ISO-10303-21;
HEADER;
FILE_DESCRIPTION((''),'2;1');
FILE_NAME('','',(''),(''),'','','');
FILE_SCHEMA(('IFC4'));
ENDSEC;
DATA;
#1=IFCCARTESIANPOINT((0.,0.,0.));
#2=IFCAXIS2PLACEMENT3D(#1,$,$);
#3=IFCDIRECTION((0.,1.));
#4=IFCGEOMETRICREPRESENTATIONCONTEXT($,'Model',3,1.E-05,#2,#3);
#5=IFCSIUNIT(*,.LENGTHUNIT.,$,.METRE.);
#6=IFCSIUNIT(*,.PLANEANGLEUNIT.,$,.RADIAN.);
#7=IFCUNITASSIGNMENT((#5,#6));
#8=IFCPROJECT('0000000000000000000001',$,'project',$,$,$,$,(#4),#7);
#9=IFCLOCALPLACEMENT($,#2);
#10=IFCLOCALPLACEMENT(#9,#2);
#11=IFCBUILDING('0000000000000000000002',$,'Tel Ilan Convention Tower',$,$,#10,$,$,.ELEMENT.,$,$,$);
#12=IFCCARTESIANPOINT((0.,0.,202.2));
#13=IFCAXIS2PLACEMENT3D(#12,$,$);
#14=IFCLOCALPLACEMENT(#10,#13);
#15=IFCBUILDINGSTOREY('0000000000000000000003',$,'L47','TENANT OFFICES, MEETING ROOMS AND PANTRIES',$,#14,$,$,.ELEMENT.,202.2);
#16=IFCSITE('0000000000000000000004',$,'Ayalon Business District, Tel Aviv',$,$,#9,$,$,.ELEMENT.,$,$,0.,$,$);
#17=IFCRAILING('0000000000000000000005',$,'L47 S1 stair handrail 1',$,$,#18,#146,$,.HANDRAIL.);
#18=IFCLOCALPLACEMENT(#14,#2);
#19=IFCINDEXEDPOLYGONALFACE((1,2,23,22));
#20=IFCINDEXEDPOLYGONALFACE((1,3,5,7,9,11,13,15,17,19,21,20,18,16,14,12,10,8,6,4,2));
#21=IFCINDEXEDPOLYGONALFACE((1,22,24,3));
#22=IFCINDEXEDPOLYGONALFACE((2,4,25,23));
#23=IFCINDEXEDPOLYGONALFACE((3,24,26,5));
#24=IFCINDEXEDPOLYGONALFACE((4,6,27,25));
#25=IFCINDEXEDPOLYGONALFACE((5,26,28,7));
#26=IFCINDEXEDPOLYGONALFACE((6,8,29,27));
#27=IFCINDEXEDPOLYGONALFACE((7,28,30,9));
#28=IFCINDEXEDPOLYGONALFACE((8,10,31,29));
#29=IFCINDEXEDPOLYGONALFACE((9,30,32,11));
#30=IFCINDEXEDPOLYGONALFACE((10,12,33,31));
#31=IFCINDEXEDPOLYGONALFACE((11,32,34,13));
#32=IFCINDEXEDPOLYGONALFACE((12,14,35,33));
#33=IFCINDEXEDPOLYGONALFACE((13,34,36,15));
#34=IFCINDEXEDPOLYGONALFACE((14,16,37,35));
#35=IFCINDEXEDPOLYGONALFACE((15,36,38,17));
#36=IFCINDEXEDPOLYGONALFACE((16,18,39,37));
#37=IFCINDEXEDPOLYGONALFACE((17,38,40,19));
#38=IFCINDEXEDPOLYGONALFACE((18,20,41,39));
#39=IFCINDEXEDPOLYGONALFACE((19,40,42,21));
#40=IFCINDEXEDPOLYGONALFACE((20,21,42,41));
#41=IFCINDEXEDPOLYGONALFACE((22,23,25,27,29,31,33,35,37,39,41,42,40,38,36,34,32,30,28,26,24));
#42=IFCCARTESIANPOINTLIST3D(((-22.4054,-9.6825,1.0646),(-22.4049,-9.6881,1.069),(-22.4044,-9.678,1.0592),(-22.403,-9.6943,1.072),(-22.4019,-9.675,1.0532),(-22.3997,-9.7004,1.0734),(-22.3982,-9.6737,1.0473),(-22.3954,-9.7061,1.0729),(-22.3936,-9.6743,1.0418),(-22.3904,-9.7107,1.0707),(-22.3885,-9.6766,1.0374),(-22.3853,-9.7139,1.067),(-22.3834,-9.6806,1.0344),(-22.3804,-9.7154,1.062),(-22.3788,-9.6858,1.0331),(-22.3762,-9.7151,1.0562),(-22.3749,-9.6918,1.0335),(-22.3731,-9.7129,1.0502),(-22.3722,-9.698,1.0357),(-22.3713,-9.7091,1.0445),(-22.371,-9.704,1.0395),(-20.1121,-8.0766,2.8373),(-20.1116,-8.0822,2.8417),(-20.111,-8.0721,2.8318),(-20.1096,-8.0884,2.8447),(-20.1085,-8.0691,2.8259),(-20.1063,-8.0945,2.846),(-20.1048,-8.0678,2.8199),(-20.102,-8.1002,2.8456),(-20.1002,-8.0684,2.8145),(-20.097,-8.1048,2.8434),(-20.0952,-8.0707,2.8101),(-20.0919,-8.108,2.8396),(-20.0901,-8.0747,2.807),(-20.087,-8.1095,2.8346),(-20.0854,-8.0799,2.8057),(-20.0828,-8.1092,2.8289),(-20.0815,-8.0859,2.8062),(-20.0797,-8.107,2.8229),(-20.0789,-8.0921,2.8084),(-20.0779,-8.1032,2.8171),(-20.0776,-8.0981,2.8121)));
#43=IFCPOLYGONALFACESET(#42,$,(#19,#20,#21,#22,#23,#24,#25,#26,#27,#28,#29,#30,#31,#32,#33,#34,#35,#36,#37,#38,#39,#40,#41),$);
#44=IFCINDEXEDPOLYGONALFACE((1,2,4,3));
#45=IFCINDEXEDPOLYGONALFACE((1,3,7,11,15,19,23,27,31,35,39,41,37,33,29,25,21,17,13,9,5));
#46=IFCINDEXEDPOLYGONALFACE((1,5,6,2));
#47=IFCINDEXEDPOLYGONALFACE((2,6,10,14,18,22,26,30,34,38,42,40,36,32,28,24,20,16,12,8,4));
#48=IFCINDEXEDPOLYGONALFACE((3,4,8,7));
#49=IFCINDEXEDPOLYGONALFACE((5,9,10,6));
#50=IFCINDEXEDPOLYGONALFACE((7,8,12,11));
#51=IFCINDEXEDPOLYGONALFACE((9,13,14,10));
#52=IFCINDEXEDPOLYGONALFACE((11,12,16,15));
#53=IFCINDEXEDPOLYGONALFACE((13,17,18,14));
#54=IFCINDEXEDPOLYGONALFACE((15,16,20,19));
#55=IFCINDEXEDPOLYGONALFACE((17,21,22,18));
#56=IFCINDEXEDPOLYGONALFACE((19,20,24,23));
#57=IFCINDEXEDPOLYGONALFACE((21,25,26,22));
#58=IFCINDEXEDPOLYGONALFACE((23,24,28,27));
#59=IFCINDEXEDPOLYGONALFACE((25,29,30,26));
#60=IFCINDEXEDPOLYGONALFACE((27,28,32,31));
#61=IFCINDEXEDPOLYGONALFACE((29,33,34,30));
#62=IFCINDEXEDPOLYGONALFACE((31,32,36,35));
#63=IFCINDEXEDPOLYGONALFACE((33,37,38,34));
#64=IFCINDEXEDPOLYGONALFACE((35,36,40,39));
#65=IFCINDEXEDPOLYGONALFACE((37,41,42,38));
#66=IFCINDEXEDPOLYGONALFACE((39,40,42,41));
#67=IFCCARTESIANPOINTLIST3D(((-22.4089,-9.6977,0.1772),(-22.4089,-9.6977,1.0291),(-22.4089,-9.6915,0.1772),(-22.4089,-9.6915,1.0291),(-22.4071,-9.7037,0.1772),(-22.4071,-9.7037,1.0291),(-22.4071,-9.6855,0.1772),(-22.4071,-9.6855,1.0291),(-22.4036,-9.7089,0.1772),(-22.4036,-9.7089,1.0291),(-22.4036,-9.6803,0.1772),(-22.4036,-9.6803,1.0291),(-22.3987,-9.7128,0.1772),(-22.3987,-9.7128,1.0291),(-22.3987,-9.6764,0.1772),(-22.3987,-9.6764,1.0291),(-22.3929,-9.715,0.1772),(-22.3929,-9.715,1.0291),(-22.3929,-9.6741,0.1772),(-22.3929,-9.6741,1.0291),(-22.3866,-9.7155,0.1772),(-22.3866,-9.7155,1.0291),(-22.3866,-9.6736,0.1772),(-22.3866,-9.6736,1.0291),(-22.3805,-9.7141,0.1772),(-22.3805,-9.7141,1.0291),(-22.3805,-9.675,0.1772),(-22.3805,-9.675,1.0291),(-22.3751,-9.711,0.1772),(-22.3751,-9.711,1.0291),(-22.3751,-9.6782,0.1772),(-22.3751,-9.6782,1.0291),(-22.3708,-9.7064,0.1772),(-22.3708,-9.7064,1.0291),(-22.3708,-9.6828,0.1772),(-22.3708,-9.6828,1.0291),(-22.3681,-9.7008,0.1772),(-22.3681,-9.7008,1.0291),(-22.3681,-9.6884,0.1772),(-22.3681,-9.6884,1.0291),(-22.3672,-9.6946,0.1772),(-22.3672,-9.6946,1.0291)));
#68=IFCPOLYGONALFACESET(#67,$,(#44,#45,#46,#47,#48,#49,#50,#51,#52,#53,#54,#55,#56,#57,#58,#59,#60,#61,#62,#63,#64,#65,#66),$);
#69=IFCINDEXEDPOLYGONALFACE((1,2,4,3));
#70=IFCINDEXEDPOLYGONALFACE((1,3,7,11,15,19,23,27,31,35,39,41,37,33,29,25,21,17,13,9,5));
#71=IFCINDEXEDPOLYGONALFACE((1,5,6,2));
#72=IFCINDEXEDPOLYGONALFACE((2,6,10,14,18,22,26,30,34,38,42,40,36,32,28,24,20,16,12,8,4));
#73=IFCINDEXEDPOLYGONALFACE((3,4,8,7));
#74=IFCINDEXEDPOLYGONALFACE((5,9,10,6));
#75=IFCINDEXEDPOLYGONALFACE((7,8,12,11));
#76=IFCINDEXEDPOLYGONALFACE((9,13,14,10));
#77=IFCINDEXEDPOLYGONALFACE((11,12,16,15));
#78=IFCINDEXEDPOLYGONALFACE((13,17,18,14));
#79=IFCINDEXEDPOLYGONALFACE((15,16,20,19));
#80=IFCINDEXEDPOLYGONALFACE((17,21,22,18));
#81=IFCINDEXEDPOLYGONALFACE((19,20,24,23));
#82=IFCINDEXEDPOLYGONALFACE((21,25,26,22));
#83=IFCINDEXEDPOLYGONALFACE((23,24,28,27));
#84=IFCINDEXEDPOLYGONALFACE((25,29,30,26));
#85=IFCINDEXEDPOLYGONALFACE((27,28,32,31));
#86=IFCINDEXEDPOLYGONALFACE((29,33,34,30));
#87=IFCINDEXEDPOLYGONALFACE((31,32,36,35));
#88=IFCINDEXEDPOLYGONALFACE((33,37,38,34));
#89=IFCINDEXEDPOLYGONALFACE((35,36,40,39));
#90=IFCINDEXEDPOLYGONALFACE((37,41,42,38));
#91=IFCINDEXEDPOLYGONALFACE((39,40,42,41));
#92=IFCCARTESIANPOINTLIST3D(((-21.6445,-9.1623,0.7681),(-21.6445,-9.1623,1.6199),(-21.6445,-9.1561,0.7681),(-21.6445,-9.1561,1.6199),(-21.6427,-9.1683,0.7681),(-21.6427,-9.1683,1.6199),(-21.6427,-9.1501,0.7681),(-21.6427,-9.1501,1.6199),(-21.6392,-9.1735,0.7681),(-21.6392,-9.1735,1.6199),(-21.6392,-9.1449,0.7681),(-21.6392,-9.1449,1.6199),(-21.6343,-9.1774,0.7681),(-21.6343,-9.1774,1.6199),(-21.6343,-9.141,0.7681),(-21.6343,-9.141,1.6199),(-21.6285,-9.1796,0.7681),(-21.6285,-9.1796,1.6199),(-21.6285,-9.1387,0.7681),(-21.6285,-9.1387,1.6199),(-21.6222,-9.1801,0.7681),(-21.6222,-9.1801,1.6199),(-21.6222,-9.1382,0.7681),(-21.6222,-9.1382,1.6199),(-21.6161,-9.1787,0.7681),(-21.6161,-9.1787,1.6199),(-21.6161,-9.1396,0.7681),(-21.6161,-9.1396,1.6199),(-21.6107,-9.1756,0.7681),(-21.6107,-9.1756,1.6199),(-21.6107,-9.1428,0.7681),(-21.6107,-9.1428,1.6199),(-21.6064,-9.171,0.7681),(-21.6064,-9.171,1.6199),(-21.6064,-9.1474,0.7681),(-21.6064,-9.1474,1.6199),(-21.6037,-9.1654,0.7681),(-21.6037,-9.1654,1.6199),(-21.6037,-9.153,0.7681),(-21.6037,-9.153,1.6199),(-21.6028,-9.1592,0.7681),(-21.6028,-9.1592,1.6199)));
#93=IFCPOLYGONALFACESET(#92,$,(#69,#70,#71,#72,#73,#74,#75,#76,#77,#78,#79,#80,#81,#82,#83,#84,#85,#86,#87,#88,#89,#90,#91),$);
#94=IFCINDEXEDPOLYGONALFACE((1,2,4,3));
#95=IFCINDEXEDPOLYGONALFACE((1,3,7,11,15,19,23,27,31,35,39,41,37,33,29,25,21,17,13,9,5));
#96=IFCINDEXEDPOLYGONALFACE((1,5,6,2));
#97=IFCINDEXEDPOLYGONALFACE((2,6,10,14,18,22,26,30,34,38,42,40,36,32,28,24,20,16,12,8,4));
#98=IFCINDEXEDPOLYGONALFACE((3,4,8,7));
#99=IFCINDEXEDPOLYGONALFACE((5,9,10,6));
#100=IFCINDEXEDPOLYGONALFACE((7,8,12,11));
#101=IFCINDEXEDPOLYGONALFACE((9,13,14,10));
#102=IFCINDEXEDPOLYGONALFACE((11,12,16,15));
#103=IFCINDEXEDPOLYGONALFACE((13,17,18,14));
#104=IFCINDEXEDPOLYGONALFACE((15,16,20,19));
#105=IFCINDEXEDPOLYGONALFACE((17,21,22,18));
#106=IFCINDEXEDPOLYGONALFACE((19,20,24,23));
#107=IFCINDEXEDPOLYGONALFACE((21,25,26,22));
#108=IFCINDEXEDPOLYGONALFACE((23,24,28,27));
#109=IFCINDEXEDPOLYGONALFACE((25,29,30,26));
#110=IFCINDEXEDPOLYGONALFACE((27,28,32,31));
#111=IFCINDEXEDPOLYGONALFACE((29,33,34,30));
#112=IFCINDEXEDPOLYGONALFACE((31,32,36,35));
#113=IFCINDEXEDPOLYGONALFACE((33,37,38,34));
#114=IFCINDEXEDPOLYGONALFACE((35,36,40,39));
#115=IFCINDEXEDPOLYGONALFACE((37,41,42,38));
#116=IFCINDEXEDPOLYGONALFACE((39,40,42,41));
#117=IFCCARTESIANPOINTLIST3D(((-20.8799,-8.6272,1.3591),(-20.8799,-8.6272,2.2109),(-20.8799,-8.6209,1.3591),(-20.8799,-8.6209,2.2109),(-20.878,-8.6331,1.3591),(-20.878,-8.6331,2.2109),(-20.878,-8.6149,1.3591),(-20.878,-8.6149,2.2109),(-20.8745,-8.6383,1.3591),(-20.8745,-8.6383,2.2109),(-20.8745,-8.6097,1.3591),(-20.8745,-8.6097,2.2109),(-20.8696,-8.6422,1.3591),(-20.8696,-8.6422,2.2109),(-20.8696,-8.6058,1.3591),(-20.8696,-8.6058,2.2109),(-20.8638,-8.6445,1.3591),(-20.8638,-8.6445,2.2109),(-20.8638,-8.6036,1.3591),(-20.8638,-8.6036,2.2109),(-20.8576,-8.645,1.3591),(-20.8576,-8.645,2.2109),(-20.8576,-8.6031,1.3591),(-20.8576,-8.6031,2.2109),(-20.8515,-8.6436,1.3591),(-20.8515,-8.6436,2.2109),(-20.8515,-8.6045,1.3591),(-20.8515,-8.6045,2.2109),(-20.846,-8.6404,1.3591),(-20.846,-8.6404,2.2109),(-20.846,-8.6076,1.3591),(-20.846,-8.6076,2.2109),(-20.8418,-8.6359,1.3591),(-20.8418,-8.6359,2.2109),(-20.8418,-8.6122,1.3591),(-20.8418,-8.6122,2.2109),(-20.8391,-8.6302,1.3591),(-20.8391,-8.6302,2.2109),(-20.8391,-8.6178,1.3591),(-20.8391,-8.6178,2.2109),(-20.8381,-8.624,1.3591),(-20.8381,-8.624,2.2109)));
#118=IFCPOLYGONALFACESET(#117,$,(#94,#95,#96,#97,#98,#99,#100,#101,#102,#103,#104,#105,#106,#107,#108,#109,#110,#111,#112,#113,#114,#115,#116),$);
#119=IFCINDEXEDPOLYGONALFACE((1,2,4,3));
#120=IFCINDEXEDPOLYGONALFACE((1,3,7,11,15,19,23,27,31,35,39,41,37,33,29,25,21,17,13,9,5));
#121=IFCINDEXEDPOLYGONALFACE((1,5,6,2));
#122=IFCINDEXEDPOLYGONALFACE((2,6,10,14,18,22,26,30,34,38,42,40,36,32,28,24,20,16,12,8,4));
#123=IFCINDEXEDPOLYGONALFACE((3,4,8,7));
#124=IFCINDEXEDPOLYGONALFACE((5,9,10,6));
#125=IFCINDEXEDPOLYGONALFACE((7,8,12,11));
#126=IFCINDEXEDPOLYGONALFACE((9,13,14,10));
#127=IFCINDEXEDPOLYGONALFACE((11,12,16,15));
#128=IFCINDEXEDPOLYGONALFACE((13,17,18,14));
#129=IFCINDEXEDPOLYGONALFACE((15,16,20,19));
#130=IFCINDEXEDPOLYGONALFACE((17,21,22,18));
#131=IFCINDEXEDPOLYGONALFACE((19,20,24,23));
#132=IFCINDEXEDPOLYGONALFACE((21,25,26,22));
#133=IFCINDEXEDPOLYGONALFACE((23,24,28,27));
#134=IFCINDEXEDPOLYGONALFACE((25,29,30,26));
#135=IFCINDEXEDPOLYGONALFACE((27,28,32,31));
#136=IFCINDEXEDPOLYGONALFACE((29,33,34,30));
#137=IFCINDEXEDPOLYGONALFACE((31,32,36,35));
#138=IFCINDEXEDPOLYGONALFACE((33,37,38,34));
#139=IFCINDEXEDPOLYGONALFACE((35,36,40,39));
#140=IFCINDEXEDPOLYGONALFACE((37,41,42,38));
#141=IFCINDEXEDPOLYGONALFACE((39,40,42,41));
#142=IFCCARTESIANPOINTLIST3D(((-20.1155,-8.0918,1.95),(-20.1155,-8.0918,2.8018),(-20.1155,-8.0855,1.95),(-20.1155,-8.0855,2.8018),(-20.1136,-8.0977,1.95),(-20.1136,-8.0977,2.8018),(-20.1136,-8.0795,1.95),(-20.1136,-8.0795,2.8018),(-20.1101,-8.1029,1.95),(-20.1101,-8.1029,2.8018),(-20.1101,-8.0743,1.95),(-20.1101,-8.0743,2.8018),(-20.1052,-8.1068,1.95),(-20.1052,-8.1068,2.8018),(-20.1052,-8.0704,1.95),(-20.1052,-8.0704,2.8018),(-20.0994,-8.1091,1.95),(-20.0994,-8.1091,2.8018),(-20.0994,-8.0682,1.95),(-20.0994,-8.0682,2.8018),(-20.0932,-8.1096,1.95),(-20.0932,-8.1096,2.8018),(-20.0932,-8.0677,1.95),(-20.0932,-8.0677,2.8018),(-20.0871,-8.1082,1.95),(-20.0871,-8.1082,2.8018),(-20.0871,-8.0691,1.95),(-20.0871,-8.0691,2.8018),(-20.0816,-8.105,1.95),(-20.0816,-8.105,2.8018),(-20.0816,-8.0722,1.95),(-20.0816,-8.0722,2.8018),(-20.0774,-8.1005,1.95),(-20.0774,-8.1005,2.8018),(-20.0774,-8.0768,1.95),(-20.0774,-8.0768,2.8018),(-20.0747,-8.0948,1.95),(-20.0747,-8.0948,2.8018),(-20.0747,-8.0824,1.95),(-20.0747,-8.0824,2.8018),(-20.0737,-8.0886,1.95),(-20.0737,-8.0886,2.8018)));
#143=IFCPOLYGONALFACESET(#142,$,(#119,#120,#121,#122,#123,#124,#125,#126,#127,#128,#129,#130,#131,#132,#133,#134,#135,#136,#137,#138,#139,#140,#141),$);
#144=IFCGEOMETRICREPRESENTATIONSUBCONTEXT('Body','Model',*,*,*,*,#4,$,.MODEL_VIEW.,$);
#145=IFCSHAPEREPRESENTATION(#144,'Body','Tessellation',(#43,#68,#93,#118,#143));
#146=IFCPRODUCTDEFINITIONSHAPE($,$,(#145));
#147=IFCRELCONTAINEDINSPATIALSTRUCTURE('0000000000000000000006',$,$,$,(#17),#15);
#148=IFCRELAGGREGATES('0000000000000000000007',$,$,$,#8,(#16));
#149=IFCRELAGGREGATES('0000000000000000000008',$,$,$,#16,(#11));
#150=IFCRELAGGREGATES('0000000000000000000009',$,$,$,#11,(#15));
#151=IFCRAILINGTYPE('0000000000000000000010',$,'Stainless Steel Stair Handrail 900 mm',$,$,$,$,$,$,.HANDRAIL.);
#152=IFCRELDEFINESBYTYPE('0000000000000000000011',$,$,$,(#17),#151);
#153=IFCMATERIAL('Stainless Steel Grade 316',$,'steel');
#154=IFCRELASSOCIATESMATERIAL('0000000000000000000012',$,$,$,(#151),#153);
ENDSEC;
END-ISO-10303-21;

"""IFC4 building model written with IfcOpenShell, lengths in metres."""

from ifc_helpers import new_model, si_unit, direction, frame, origin, origin_2d, place, context, subcontext, project, spatial, circle, extrude, material, type_object, element, save


model = new_model("IFC4")

# Units and contexts
model_context = context("Model", 3, precision=1e-05, world=origin(), true_north=direction((0.0, 1.0)))
body_context = subcontext(model_context, "Body", "Model", "MODEL_VIEW")
ifc_project = project(units=[si_unit("LENGTHUNIT", "METRE"), si_unit("PLANEANGLEUNIT", "RADIAN")], contexts=[model_context])

# Site, building, storey
site_placement = place(None, origin())
site = spatial("IfcSite", under=ifc_project, at=site_placement, Name="Ayalon Business District, Tel Aviv", CompositionType="ELEMENT", RefElevation=0.0)
building_placement = place(site_placement, origin())
building = spatial("IfcBuilding", under=site, at=building_placement, Name="Tel Ilan Convention Tower", CompositionType="ELEMENT")
storey_placement = place(building_placement, frame((0.0, 0.0, 202.2)))
storey = spatial("IfcBuildingStorey", under=building, at=storey_placement, Name="L47", Description="TENANT OFFICES, MEETING ROOMS AND PANTRIES", CompositionType="ELEMENT", Elevation=202.2)

# Railing
ifc_material_1 = material(Name="Stainless Steel Grade 316", Category="steel")
railing_type_1 = type_object("IfcRailingType", Name="Stainless Steel Stair Handrail 900 mm", PredefinedType="HANDRAIL", material=ifc_material_1)
railing_1_placement = place(storey_placement, frame((-22.3882, -9.6946, 0.1772)))
element("IfcRailing", 1, at=railing_1_placement, inside=storey, type_object=railing_type_1, Name="L47 S1 stair handrail 1", PredefinedType="HANDRAIL", context=body_context, shape_type="SweptSolid", body=[
    extrude(circle(Radius=0.0239, at=origin_2d()), frame((0.0, 0.0, 0.876), z_axis=(0.692085, 0.484621, 0.53494), x_axis=(-0.573591, 0.819142, 0.0)), (0.0, 0.0, 1.0), 3.3137),
    extrude(circle(Radius=0.021, at=origin_2d()), origin(), (0.0, 0.0, 1.0), 0.8518),
    extrude(circle(Radius=0.021, at=origin_2d()), frame((0.7644, 0.5354, 0.5908)), (0.0, 0.0, 1.0), 0.8518),
    extrude(circle(Radius=0.021, at=origin_2d()), frame((1.5291, 1.0706, 1.1819)), (0.0, 0.0, 1.0), 0.8518),
    extrude(circle(Radius=0.021, at=origin_2d()), frame((2.2935, 1.606, 1.7727)), (0.0, 0.0, 1.0), 0.8518),
])

save(model, "model.ifc")
